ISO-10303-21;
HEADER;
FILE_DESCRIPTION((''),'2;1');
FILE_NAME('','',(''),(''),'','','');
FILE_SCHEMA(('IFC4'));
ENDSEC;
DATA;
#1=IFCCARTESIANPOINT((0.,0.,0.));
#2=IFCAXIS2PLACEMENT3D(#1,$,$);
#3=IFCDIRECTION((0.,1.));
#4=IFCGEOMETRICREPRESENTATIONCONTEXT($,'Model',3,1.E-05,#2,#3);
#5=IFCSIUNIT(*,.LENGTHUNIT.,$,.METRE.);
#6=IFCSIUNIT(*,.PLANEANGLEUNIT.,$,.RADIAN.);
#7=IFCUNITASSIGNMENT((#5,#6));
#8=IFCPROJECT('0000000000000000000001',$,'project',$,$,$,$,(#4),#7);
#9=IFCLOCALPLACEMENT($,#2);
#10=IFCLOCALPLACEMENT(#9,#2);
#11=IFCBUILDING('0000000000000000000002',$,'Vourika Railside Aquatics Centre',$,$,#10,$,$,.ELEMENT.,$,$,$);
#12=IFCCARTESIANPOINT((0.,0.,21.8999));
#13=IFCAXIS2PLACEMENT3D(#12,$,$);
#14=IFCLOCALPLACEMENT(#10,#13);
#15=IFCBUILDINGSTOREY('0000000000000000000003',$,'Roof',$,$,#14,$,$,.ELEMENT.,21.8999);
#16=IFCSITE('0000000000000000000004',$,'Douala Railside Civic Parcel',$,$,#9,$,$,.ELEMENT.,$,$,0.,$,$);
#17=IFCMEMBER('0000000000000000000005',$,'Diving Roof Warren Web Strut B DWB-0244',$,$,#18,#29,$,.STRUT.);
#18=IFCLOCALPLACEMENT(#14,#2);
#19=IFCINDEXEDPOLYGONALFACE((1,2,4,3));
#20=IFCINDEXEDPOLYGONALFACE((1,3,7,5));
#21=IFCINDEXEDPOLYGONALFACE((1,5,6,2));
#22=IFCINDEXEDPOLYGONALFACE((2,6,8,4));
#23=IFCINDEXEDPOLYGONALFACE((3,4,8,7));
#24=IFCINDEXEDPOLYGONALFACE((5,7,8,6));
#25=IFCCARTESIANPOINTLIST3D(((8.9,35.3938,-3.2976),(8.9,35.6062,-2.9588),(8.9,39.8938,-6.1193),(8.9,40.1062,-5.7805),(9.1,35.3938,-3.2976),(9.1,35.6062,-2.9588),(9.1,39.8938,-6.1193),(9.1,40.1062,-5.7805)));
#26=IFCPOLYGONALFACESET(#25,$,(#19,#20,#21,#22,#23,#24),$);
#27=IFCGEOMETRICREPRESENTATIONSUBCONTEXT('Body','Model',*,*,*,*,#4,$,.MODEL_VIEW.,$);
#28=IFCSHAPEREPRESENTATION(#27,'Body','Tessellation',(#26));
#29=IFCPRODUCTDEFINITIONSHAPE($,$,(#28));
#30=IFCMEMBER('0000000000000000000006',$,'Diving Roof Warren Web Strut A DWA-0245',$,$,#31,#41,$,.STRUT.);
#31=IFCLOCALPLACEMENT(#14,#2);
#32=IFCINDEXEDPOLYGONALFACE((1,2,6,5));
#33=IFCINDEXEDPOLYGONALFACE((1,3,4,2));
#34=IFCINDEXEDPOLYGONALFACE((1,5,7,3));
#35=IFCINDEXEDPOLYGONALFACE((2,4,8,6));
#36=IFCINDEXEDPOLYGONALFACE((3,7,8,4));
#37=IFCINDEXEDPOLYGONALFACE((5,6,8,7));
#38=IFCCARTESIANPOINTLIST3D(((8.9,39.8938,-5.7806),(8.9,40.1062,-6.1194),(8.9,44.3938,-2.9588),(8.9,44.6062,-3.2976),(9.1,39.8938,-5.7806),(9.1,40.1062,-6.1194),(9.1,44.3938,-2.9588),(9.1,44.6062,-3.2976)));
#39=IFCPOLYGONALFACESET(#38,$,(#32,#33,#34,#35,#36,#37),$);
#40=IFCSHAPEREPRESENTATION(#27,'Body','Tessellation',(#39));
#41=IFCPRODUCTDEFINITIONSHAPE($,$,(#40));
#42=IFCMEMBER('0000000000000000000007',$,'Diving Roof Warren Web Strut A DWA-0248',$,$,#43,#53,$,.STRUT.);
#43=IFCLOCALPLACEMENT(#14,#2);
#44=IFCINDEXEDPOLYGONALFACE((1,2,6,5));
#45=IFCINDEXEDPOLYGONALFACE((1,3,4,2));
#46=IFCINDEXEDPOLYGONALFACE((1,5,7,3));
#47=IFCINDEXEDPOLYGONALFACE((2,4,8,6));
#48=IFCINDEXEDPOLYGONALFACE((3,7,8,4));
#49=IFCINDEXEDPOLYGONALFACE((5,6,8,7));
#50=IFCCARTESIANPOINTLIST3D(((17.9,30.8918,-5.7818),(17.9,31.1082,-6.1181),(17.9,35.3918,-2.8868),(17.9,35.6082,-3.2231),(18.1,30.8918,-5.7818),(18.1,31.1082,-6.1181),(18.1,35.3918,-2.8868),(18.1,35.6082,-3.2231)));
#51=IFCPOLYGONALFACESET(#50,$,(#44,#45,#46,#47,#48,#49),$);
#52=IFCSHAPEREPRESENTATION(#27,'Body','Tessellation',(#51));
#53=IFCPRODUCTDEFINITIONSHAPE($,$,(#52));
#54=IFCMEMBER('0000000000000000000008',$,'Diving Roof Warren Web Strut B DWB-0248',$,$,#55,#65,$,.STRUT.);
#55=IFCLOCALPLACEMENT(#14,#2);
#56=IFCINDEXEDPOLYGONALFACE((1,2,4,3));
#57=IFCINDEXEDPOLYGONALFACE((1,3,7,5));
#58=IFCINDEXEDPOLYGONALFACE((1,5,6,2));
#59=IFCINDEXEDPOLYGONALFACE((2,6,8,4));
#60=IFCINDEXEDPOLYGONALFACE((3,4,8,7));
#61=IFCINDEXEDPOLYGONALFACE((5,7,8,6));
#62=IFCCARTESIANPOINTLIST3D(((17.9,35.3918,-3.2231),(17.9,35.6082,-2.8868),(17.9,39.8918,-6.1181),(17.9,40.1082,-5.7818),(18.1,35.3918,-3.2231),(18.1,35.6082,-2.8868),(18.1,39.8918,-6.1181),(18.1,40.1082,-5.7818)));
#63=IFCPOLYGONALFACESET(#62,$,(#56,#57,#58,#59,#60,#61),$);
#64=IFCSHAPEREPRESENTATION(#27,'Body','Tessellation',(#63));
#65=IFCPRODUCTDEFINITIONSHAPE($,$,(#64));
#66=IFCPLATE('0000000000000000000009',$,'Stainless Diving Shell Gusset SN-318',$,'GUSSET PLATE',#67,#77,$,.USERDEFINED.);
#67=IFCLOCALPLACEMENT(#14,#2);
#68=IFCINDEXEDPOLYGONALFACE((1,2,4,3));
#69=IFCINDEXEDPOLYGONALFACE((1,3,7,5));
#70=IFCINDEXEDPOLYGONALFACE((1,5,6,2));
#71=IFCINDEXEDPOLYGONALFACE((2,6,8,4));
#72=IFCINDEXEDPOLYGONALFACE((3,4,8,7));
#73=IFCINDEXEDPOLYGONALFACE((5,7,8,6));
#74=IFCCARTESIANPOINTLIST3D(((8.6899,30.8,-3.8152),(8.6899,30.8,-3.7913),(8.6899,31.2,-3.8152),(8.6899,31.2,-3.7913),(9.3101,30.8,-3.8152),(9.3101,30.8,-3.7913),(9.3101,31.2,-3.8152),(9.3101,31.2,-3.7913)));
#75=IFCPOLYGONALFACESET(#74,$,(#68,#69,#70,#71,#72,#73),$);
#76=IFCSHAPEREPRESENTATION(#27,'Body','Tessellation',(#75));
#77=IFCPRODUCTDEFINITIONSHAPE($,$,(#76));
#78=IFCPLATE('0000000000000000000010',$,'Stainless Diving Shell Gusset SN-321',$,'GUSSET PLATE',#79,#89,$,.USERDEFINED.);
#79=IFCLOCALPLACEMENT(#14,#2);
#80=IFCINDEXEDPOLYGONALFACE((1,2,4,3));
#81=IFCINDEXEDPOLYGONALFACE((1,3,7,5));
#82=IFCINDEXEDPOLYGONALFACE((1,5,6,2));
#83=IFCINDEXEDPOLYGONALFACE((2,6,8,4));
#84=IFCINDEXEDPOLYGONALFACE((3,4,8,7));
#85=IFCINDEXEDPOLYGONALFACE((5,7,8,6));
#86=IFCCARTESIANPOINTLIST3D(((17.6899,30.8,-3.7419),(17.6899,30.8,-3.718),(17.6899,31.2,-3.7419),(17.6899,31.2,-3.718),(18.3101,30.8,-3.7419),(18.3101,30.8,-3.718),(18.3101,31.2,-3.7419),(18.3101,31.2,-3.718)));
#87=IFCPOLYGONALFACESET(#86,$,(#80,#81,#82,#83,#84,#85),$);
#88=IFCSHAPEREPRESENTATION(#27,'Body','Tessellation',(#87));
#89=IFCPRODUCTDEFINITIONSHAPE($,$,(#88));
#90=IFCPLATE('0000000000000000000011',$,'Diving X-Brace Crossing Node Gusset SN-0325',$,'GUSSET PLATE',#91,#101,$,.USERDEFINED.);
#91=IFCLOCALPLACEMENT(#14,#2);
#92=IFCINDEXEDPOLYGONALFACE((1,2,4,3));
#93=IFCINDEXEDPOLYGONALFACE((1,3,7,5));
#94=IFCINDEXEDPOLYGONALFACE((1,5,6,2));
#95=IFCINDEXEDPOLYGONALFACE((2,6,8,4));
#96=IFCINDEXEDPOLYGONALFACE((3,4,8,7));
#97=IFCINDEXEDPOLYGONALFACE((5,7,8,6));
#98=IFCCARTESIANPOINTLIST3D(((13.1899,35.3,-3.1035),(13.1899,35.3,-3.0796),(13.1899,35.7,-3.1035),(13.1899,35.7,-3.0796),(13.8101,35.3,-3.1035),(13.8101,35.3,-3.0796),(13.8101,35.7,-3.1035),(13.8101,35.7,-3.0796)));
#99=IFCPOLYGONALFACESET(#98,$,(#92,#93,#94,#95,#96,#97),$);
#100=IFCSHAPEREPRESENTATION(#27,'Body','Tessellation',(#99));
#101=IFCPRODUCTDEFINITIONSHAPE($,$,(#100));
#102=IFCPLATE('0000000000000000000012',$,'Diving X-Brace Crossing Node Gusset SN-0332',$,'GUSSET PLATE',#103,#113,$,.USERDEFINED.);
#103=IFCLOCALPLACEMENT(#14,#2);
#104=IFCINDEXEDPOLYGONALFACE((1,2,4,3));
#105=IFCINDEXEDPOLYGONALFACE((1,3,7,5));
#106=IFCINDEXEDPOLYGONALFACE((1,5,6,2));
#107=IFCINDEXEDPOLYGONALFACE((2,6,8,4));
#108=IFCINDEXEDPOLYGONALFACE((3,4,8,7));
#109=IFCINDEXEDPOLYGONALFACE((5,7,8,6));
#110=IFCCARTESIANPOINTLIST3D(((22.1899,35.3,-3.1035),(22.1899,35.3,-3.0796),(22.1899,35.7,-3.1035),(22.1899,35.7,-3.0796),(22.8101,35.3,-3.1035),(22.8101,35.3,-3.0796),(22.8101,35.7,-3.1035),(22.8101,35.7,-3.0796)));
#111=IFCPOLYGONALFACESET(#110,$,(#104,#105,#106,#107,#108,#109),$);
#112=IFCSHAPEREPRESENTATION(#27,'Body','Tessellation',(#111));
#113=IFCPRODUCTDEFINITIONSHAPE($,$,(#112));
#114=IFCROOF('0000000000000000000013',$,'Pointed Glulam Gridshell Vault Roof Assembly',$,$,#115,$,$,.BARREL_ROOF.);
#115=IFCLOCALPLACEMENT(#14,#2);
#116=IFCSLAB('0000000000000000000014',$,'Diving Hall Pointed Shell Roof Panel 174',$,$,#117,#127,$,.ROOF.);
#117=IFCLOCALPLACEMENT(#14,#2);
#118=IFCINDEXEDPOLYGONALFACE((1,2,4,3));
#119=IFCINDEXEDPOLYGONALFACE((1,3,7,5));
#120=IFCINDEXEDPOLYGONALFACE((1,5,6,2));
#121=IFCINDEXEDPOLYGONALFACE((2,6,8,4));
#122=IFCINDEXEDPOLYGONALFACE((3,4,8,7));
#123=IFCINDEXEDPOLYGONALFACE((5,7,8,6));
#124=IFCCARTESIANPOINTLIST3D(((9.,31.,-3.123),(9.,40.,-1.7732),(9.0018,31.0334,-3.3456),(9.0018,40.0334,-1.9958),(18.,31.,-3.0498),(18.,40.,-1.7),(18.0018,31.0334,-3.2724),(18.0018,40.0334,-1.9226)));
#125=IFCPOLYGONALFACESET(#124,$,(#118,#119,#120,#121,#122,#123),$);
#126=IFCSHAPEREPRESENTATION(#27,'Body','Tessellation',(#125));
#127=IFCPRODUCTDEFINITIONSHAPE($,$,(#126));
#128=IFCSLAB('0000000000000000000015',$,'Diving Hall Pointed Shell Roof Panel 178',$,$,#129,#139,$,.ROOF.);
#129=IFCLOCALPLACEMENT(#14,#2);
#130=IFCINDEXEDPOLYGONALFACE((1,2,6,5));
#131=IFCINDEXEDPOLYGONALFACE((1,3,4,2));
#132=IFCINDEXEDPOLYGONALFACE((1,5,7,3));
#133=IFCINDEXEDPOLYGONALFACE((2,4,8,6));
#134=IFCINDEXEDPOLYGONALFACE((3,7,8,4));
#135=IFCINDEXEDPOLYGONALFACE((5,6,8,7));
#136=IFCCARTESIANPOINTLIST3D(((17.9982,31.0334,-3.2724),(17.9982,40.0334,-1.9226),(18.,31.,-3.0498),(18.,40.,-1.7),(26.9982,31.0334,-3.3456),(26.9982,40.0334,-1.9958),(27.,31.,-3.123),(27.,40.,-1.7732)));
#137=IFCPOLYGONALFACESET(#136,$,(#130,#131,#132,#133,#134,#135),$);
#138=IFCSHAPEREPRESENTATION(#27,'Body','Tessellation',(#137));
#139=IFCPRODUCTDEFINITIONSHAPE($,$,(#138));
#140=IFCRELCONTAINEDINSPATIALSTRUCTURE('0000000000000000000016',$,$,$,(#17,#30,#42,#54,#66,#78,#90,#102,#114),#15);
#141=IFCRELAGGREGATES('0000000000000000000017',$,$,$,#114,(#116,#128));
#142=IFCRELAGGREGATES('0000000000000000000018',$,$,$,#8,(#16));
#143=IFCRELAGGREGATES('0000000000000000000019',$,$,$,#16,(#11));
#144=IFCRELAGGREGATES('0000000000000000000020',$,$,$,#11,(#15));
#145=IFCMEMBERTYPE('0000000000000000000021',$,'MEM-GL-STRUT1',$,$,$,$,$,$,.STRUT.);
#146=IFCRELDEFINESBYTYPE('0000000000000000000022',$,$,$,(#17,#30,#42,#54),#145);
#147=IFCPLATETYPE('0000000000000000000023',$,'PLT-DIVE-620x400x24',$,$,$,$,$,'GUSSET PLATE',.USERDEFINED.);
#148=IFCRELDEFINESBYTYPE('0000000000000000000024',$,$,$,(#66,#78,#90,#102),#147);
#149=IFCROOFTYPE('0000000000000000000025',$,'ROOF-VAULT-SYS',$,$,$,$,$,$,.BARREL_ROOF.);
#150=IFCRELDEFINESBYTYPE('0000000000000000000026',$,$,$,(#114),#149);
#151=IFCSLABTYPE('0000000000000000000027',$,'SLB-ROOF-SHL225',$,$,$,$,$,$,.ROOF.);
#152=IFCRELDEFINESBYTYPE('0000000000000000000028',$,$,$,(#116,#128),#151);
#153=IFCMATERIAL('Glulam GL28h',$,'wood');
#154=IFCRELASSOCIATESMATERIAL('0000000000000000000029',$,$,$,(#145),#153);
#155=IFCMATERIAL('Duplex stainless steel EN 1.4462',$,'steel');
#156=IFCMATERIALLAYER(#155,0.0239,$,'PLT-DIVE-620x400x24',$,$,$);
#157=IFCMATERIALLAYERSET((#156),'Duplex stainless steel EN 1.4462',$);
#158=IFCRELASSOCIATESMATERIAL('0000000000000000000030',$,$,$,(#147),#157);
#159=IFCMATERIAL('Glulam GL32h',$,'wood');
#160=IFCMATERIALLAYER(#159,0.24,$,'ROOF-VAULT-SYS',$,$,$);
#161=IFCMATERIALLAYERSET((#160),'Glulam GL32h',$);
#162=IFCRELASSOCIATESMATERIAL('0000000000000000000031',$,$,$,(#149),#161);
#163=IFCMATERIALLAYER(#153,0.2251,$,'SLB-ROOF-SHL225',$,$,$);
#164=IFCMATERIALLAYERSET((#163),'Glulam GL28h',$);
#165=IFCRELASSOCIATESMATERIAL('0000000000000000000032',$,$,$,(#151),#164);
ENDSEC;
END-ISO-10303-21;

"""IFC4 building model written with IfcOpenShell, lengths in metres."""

from ifc_helpers import new_model, si_unit, direction, frame, origin, origin_2d, place, context, subcontext, project, spatial, polyline, rectangle, outline, extrude, material, layer, layer_set, material_profile, profile_set, type_object, element, aggregate, save


model = new_model("IFC4")

# Units and contexts
model_context = context("Model", 3, precision=1e-05, world=origin(), true_north=direction((0.0, 1.0)))
body_context = subcontext(model_context, "Body", "Model", "MODEL_VIEW")
ifc_project = project(units=[si_unit("LENGTHUNIT", "METRE"), si_unit("PLANEANGLEUNIT", "RADIAN")], contexts=[model_context])

# Site, building, storey
site_placement = place(None, origin())
site = spatial("IfcSite", under=ifc_project, at=site_placement, Name="Douala Railside Civic Parcel", CompositionType="ELEMENT", RefElevation=0.0)
building_placement = place(site_placement, origin())
building = spatial("IfcBuilding", under=site, at=building_placement, Name="Vourika Railside Aquatics Centre", CompositionType="ELEMENT")
storey_placement = place(building_placement, frame((0.0, 0.0, 21.8999)))
storey = spatial("IfcBuildingStorey", under=building, at=storey_placement, Name="Roof", CompositionType="ELEMENT", Elevation=21.8999)

# Shared definitions
ifc_material_1 = material(Name="Glulam GL32h", Category="wood")

# Members
ifc_material_2 = material(Name="Glulam GL28h", Category="wood")
ifc_material_profile_1 = material_profile(ifc_material_2, rectangle(XDim=0.2, YDim=0.3999, at=origin_2d()), Name="GL28h 200x400")
ifc_profile_set_1 = profile_set([ifc_material_profile_1], Name="Glulam GL28h")
member_type_1 = type_object("IfcMemberType", Name="MEM-GL-STRUT1", PredefinedType="STRUT", material=ifc_profile_set_1)
for number, where, z_axis, x_axis, name in (
    (1, (9.0, 35.5, -3.1282), (0.0, 0.847212, -0.531254), (-1.0, 0.0, 0.0), "Diving Roof Warren Web Strut B DWB-0244"),
    (2, (9.0, 40.0, -5.95), (0.0, 0.847212, 0.531254), (-1.0, 0.0, 0.0), "Diving Roof Warren Web Strut A DWA-0245"),
):
    element("IfcMember", number, at=place(storey_placement, frame(where, z_axis=z_axis, x_axis=x_axis)), inside=storey, type_object=member_type_1, Name=name, PredefinedType="STRUT", context=body_context, shape_type="SweptSolid", body=[
        extrude(rectangle(XDim=0.2, YDim=0.3999, at=origin_2d()), origin(), (0.0, 0.0, 1.0), 5.3115),
    ])
for number, where, z_axis, x_axis, name in (
    (3, (18.0, 31.0, -5.95), (0.0, 0.840995, 0.541044), (-1.0, 0.0, 0.0), "Diving Roof Warren Web Strut A DWA-0248"),
    (4, (18.0, 35.5, -3.0549), (0.0, 0.840995, -0.541044), (-1.0, 0.0, 0.0), "Diving Roof Warren Web Strut B DWB-0248"),
):
    element("IfcMember", number, at=place(storey_placement, frame(where, z_axis=z_axis, x_axis=x_axis)), inside=storey, type_object=member_type_1, Name=name, PredefinedType="STRUT", context=body_context, shape_type="SweptSolid", body=[
        extrude(rectangle(XDim=0.2, YDim=0.3999, at=origin_2d()), origin(), (0.0, 0.0, 1.0), 5.3508),
    ])

# Plates
ifc_material_3 = material(Name="Duplex stainless steel EN 1.4462", Category="steel")
ifc_layer_1 = layer(ifc_material_3, 0.0239, Name="PLT-DIVE-620x400x24")
ifc_layer_set_1 = layer_set([ifc_layer_1], Name="Duplex stainless steel EN 1.4462")
plate_type = type_object("IfcPlateType", Name="PLT-DIVE-620x400x24", ElementType="GUSSET PLATE", PredefinedType="USERDEFINED", material=ifc_layer_set_1)
for number, where, z_axis, x_axis, name in (
    (5, (9.0, 31.0, -3.8152), (0.0, 0.0, 1.0), (1.0, 0.0, 0.0), "Stainless Diving Shell Gusset SN-318"),
    (6, (18.0, 31.0, -3.7419), (0.0, 0.0, 1.0), (1.0, 0.0, 0.0), "Stainless Diving Shell Gusset SN-321"),
    (7, (13.5, 35.5, -3.1035), (0.0, 0.0, 1.0), (1.0, 0.0, 0.0), "Diving X-Brace Crossing Node Gusset SN-0325"),
    (8, (22.5, 35.5, -3.1035), (0.0, 0.0, 1.0), (1.0, 0.0, 0.0), "Diving X-Brace Crossing Node Gusset SN-0332"),
):
    element("IfcPlate", number, at=place(storey_placement, frame(where, z_axis=z_axis, x_axis=x_axis)), inside=storey, type_object=plate_type, Name=name, ObjectType="GUSSET PLATE", PredefinedType="USERDEFINED", context=body_context, shape_type="SweptSolid", body=[
        extrude(rectangle(XDim=0.6201, YDim=0.3999, at=origin_2d()), origin(), (0.0, 0.0, 1.0), 0.0239),
    ])

# Roof, slabs
ifc_layer_2 = layer(ifc_material_1, 0.24, Name="ROOF-VAULT-SYS")
ifc_layer_set_2 = layer_set([ifc_layer_2], Name="Glulam GL32h")
roof_type = type_object("IfcRoofType", Name="ROOF-VAULT-SYS", PredefinedType="BARREL_ROOF", material=ifc_layer_set_2)
roof_placement = place(storey_placement, origin())
roof = element("IfcRoof", 9, at=roof_placement, inside=storey, type_object=roof_type, Name="Pointed Glulam Gridshell Vault Roof Assembly", PredefinedType="BARREL_ROOF")
ifc_layer_3 = layer(ifc_material_2, 0.2251, Name="SLB-ROOF-SHL225")
ifc_layer_set_3 = layer_set([ifc_layer_3], Name="Glulam GL28h")
slab_type = type_object("IfcSlabType", Name="SLB-ROOF-SHL225", PredefinedType="ROOF", material=ifc_layer_set_3)
slab_1_placement = place(storey_placement, frame((9.0, 31.0, -3.123), z_axis=(-0.008048, -0.14832, 0.988907), x_axis=(0.999967, 0.0, 0.008138)))
slab_1 = element("IfcSlab", 10, at=slab_1_placement, type_object=slab_type, Name="Diving Hall Pointed Shell Roof Panel 174", PredefinedType="ROOF", context=body_context, shape_type="SweptSolid", body=[
    extrude(outline(polyline([(0.0, 0.0), (9.0003, 0.0), (9.0113, 9.1007), (0.011, 9.1007), (0.0, 0.0)])), origin(), (0.0, 0.0, -1.0), 0.2251),
])
slab_2_placement = place(storey_placement, frame((18.0, 31.0, -3.0498), z_axis=(0.008048, -0.14832, 0.988907), x_axis=(0.999967, 0.0, -0.008138)))
slab_2 = element("IfcSlab", 11, at=slab_2_placement, type_object=slab_type, Name="Diving Hall Pointed Shell Roof Panel 178", PredefinedType="ROOF", context=body_context, shape_type="SweptSolid", body=[
    extrude(outline(polyline([(0.0, 0.0), (9.0003, 0.0), (8.9893, 9.1007), (-0.011, 9.1007), (0.0, 0.0)])), origin(), (0.0, 0.0, -1.0), 0.2251),
])
aggregate(roof, [slab_1, slab_2])

save(model, "model.ifc")
